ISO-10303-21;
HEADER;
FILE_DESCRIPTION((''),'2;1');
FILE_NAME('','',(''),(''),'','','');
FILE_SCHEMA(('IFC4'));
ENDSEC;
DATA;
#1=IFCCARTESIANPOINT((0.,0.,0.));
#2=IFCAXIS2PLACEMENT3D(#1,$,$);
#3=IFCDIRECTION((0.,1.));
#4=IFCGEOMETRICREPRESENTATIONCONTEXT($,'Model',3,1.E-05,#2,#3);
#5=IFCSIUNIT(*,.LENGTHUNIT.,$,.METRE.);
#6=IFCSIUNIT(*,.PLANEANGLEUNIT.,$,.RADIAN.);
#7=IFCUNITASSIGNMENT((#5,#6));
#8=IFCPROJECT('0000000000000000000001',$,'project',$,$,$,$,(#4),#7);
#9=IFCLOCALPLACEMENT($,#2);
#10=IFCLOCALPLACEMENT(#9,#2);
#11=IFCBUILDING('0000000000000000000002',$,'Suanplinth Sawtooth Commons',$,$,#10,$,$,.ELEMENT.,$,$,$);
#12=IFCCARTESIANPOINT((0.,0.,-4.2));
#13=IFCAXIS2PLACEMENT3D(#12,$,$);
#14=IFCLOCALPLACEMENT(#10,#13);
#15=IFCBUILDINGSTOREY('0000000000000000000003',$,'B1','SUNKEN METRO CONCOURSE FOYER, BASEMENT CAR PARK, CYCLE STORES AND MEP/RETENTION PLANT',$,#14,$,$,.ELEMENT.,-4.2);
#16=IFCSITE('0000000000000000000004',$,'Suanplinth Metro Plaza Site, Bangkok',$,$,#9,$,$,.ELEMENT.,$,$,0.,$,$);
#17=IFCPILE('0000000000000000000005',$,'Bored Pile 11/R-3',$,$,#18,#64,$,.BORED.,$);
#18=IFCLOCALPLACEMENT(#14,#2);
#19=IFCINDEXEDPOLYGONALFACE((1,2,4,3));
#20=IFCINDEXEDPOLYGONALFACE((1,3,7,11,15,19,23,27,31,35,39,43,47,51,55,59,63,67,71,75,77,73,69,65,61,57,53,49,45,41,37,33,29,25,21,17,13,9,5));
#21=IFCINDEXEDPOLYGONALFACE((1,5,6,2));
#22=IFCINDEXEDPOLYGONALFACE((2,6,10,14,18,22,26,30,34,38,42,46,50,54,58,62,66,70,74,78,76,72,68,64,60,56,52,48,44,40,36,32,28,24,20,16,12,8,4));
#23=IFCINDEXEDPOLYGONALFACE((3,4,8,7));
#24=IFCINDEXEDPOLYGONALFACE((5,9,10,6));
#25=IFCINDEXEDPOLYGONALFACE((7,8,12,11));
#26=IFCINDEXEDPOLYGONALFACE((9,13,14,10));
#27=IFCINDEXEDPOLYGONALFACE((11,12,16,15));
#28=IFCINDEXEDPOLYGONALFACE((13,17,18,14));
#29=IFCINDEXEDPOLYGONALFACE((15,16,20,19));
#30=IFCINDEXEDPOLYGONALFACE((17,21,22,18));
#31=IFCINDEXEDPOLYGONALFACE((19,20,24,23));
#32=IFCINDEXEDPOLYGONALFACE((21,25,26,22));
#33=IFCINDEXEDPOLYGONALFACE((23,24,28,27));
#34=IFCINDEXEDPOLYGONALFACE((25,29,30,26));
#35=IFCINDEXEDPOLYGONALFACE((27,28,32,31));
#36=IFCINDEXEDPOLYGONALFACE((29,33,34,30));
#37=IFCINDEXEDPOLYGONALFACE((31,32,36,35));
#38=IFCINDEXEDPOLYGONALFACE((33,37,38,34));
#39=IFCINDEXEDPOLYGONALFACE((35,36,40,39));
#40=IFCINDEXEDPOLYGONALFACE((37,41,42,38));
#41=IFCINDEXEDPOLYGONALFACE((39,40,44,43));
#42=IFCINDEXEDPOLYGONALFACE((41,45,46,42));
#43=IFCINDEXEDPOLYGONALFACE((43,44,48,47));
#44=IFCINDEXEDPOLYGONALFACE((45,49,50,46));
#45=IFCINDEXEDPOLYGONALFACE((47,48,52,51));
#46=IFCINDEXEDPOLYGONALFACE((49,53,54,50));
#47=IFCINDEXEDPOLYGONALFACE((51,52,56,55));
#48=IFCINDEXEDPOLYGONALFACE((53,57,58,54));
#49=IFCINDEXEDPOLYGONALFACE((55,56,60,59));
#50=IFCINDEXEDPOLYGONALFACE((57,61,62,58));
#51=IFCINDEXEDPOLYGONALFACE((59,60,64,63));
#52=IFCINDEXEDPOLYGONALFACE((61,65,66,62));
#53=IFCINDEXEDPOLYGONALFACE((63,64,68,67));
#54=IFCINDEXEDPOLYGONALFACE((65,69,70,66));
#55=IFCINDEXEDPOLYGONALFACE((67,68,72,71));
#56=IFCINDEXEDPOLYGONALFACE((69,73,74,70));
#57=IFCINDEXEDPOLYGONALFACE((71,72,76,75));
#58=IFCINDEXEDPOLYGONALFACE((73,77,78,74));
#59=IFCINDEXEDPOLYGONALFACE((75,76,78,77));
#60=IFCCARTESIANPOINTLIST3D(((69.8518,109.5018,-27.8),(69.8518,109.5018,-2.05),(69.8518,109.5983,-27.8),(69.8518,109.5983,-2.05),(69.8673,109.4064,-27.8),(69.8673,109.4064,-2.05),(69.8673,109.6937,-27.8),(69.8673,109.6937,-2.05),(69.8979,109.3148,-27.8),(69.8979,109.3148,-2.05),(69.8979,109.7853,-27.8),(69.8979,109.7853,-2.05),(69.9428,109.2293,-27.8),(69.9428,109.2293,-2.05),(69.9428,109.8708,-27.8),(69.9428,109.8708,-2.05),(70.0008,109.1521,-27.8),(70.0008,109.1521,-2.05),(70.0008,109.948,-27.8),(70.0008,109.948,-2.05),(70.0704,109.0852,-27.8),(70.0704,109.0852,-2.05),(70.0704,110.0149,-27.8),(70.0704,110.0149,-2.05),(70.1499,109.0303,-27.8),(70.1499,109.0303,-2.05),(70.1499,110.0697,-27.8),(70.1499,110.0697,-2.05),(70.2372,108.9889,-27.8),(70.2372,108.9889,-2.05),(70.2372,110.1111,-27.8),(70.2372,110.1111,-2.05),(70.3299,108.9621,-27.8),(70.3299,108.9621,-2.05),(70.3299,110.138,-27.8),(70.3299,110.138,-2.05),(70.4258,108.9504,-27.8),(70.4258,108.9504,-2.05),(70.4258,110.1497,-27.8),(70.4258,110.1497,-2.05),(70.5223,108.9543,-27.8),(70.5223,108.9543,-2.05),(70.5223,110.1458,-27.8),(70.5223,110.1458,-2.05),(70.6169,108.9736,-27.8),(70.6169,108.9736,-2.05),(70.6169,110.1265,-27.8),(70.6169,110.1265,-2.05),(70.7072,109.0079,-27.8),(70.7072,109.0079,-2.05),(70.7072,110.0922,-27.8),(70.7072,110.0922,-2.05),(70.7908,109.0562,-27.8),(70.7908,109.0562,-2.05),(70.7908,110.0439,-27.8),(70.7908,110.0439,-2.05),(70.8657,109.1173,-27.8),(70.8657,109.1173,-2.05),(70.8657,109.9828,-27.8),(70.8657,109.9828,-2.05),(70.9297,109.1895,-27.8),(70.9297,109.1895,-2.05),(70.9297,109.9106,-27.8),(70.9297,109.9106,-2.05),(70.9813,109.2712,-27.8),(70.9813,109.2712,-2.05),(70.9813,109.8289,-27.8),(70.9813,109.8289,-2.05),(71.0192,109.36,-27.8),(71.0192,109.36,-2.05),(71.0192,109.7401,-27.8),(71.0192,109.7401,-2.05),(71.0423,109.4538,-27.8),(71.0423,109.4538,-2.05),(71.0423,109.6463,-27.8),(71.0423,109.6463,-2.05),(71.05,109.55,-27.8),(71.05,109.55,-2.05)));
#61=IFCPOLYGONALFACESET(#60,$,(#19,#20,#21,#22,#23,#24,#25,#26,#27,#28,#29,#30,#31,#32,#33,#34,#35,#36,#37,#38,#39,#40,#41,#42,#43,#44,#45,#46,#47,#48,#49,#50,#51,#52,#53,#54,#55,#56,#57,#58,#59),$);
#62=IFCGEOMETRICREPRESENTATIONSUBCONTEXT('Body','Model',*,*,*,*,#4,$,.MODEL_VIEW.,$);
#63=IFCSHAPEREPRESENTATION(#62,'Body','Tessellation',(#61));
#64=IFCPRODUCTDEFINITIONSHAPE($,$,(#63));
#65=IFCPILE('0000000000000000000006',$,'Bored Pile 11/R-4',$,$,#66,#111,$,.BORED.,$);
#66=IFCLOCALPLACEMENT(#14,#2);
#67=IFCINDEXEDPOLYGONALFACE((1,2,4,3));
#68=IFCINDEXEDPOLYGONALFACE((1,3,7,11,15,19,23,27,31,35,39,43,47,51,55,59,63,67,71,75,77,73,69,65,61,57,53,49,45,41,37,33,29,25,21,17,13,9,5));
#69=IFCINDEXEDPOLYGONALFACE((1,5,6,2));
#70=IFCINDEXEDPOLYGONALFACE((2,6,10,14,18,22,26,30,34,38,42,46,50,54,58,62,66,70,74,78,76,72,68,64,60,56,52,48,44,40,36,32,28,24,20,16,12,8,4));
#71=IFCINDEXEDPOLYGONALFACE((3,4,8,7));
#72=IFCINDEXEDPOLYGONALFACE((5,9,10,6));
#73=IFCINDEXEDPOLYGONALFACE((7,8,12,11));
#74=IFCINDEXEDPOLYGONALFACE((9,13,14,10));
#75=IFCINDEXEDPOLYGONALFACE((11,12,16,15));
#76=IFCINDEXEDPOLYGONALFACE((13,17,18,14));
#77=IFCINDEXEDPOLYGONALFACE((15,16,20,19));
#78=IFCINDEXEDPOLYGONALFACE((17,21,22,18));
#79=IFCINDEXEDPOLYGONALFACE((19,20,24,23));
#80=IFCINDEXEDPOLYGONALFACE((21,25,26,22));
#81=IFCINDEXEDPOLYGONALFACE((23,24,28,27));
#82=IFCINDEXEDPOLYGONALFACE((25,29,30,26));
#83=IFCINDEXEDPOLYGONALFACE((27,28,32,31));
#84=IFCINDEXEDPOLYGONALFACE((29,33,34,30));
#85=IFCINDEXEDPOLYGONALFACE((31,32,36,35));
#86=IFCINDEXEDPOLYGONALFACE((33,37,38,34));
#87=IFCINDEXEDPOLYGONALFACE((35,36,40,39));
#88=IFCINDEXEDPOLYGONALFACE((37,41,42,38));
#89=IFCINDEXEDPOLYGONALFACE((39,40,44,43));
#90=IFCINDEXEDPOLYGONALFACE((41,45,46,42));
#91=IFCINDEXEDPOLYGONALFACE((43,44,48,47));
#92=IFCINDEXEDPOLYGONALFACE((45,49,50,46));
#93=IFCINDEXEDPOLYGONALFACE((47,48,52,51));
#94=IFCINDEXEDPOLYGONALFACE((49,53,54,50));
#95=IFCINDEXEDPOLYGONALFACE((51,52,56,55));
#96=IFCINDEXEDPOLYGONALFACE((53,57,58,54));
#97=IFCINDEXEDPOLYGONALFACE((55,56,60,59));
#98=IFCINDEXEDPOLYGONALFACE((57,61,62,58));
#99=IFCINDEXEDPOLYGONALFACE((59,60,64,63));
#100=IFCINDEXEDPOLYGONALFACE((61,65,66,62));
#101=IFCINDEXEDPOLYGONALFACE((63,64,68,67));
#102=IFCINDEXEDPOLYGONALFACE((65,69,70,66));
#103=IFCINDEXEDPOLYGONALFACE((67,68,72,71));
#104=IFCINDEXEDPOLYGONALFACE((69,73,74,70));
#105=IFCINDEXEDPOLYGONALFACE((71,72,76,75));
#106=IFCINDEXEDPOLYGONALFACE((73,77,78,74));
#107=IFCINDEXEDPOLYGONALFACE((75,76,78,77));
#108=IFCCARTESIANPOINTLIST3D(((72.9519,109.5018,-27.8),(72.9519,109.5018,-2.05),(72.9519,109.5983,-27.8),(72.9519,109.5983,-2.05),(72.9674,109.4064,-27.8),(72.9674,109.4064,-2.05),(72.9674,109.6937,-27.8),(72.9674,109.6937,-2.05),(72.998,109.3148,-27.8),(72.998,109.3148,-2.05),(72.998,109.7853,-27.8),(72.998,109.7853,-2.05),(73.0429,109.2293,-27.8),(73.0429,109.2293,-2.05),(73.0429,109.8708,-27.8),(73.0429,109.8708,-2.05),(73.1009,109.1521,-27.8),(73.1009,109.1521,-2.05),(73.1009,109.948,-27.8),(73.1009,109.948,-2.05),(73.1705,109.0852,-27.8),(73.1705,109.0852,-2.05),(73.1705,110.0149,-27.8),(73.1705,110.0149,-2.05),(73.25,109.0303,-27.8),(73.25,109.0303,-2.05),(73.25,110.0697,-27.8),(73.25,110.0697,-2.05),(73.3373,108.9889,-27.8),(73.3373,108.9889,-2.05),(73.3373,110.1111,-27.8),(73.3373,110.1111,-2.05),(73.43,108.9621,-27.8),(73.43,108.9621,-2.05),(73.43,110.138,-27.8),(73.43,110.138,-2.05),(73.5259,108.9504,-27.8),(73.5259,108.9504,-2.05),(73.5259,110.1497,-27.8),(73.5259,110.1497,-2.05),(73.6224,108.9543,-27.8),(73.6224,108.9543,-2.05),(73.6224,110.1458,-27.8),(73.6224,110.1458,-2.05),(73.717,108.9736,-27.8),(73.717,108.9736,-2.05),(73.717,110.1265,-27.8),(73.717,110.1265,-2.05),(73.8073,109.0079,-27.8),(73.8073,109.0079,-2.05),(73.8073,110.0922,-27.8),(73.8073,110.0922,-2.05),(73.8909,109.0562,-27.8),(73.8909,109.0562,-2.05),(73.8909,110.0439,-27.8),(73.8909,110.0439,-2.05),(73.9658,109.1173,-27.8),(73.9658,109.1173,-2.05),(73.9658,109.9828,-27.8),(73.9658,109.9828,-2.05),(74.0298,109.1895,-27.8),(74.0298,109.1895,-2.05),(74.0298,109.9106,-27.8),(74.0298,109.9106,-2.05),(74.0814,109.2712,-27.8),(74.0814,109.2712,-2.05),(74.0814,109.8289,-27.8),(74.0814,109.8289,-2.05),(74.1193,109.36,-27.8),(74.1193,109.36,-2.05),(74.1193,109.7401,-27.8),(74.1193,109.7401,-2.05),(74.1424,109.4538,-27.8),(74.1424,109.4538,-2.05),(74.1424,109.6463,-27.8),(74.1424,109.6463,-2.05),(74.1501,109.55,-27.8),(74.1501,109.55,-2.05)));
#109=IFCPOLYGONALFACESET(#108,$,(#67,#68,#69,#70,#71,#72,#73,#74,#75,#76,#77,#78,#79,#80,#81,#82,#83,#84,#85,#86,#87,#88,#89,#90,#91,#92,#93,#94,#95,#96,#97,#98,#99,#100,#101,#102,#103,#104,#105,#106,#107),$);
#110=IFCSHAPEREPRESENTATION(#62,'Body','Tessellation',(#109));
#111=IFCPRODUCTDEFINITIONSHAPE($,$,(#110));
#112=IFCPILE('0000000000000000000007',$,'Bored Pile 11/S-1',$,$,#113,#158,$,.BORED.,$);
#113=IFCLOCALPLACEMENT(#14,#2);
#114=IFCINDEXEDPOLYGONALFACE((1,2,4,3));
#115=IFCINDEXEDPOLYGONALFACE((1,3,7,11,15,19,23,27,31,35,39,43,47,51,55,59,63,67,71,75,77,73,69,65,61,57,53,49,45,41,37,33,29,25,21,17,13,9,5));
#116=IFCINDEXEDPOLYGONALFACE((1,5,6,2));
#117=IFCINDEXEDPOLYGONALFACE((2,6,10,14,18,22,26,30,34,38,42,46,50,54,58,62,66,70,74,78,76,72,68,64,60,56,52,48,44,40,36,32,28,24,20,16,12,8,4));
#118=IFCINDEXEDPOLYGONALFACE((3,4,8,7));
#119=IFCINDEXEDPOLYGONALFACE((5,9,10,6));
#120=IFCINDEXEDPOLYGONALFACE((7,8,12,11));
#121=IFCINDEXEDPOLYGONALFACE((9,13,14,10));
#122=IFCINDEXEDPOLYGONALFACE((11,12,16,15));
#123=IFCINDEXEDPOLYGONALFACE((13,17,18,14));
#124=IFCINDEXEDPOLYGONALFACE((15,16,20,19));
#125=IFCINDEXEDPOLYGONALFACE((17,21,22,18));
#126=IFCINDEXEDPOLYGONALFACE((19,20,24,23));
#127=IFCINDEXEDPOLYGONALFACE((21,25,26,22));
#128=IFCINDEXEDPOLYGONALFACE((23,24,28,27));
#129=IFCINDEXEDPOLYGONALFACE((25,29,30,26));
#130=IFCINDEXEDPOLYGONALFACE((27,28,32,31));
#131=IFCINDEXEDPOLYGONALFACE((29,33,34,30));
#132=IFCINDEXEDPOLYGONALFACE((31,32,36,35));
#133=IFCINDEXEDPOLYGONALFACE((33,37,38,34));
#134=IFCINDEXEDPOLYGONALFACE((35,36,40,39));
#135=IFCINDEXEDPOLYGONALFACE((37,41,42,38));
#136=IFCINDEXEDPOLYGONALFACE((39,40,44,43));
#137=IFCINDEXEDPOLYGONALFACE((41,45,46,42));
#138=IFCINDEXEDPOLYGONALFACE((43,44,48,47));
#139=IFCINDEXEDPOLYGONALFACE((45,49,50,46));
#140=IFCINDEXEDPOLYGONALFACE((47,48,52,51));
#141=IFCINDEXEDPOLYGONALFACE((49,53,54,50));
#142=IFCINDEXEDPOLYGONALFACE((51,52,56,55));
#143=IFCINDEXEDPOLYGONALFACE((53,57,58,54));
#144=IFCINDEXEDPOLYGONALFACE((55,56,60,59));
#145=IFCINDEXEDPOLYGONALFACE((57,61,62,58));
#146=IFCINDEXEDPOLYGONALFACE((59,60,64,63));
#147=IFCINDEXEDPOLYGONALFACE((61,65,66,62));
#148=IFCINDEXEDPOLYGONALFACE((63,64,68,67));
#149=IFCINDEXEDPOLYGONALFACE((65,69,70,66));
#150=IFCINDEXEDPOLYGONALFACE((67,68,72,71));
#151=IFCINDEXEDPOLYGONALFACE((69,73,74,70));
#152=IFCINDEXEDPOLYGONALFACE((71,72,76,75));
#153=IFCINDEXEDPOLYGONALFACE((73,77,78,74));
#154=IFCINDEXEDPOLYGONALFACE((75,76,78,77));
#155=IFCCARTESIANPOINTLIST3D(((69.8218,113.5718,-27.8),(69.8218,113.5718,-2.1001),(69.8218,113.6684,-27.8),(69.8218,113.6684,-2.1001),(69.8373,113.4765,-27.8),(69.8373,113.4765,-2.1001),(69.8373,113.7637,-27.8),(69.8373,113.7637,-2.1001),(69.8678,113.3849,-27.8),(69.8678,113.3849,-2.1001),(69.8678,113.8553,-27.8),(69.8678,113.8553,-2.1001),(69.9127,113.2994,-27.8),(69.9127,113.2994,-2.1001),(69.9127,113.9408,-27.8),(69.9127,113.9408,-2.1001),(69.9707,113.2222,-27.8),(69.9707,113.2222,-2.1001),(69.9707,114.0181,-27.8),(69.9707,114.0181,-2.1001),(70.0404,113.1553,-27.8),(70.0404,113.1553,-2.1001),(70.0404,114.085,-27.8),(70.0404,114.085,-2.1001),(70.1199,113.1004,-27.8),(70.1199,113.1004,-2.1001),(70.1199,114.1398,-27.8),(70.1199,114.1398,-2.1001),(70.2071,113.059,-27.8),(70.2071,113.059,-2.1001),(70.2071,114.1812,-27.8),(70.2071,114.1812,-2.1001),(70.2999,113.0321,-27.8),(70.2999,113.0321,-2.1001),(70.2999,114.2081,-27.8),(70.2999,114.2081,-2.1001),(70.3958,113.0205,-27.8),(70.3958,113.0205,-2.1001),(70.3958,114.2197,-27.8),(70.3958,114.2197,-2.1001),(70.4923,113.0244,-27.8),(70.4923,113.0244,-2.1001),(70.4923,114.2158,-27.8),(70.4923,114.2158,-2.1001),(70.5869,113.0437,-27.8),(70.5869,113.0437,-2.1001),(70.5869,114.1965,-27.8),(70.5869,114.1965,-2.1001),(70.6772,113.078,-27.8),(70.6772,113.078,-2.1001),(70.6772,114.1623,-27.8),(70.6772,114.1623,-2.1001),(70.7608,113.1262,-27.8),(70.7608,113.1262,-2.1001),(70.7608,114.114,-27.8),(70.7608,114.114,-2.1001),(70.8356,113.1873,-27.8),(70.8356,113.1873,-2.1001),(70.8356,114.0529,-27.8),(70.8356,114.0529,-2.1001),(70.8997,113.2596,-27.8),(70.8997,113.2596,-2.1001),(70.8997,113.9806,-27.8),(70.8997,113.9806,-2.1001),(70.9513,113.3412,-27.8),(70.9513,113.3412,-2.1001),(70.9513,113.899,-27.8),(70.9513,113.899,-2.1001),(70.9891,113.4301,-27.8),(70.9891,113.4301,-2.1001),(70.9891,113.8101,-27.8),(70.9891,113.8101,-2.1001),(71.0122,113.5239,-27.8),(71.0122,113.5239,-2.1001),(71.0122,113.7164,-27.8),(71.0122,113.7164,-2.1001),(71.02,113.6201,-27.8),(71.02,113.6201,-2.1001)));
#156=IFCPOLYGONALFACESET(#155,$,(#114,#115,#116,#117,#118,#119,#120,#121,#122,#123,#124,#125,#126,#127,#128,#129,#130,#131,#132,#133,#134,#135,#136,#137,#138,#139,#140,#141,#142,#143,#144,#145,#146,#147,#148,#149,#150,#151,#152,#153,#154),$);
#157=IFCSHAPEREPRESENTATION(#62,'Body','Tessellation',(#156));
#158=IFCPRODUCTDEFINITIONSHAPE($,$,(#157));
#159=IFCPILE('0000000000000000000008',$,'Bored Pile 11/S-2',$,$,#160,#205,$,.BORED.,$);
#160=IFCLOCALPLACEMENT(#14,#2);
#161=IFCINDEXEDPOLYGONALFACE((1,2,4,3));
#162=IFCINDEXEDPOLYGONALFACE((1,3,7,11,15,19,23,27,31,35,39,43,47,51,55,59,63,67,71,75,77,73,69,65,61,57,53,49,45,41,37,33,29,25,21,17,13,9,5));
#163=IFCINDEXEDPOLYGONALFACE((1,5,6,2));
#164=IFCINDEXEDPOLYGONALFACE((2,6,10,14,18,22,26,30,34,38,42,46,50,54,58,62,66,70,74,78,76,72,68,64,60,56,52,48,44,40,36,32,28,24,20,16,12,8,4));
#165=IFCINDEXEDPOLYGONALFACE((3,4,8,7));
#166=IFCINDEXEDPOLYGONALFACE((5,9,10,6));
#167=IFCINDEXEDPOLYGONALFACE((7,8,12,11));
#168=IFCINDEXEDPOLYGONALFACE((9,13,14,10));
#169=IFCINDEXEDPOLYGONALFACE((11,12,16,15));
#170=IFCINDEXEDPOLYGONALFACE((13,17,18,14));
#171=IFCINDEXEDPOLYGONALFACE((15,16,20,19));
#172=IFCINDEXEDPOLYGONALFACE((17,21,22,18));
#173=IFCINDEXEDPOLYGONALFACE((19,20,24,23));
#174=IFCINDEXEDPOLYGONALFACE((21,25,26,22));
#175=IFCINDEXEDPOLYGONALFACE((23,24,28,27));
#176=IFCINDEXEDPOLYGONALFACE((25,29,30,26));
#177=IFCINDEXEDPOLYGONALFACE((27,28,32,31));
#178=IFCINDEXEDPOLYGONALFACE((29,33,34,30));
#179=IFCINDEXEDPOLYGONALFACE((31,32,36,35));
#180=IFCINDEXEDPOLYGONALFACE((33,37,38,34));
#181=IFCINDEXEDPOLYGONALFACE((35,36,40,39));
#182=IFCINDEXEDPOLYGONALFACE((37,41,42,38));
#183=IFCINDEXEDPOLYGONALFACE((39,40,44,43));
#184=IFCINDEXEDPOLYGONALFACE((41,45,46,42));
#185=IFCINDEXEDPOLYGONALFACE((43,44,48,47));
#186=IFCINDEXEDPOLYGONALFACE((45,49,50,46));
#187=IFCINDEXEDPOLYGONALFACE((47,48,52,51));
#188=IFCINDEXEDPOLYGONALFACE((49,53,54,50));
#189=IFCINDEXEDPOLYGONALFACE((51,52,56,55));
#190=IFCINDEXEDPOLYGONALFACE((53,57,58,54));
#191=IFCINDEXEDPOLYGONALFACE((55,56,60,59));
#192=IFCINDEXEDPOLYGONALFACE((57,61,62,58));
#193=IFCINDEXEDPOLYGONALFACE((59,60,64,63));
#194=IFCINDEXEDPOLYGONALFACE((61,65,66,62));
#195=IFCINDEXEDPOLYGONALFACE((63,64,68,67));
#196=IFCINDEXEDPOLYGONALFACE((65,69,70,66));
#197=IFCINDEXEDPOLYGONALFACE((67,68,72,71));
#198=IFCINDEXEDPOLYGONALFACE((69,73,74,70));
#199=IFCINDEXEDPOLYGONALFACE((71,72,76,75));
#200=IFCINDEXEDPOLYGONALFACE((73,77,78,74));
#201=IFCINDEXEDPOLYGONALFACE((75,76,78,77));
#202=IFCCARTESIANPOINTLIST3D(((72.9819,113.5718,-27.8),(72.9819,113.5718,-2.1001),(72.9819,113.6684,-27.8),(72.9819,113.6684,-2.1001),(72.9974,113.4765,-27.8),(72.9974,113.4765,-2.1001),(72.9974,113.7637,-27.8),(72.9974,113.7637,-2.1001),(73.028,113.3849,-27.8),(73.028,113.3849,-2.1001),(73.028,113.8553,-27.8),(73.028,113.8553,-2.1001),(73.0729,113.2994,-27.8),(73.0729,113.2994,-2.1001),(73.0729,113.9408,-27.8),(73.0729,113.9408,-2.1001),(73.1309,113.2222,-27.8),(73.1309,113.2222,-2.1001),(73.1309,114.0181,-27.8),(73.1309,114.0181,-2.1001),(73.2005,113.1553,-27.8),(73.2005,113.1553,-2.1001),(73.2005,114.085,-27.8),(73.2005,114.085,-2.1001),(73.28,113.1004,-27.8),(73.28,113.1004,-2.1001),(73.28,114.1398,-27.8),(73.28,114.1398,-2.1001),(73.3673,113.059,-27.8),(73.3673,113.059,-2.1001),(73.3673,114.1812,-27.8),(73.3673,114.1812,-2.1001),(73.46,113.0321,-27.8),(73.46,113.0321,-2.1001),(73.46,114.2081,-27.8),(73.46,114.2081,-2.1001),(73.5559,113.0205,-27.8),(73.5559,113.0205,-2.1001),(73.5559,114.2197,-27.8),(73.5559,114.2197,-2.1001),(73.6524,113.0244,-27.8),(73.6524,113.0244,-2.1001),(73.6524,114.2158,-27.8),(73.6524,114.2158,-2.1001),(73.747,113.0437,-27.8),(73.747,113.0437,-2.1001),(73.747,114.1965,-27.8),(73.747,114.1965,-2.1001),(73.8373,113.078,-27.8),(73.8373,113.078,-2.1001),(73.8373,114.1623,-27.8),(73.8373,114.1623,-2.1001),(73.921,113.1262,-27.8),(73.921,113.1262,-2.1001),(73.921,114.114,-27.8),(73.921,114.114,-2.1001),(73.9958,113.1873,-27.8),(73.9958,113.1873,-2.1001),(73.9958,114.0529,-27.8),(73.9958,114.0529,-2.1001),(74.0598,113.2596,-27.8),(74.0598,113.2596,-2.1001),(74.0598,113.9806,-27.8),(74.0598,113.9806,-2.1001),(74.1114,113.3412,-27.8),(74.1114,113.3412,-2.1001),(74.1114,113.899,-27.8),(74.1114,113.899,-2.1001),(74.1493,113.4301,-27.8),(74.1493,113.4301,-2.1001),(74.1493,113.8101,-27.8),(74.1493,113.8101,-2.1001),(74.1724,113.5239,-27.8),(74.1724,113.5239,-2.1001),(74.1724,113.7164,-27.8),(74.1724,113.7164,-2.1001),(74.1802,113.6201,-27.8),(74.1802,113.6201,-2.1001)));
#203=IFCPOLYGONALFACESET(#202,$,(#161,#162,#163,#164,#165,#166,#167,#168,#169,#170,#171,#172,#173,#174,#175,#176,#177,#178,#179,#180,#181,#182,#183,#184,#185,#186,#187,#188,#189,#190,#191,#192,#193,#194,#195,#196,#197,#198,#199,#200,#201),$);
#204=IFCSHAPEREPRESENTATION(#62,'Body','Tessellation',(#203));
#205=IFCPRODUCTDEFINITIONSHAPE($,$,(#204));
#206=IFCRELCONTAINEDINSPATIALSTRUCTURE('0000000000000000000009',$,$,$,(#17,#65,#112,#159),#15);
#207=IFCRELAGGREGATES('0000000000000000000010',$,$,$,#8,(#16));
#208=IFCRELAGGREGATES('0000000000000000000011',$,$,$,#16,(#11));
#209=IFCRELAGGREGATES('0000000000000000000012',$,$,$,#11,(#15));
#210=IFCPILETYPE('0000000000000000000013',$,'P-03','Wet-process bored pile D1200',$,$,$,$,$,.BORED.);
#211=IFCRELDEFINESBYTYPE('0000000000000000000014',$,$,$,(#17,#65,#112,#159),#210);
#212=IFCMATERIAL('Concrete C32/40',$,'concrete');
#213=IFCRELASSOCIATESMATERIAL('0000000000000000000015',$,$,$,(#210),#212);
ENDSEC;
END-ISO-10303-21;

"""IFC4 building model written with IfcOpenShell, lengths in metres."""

from ifc_helpers import new_model, si_unit, direction, frame, origin, origin_2d, place, context, subcontext, project, spatial, circle, extrude, material, material_profile, profile_set, type_object, element, save


model = new_model("IFC4")

# Units and contexts
model_context = context("Model", 3, precision=1e-05, world=origin(), true_north=direction((0.0, 1.0)))
body_context = subcontext(model_context, "Body", "Model", "MODEL_VIEW")
ifc_project = project(units=[si_unit("LENGTHUNIT", "METRE"), si_unit("PLANEANGLEUNIT", "RADIAN")], contexts=[model_context])

# Site, building, storey
site_placement = place(None, origin())
site = spatial("IfcSite", under=ifc_project, at=site_placement, Name="Suanplinth Metro Plaza Site, Bangkok", CompositionType="ELEMENT", RefElevation=0.0)
building_placement = place(site_placement, origin())
building = spatial("IfcBuilding", under=site, at=building_placement, Name="Suanplinth Sawtooth Commons", CompositionType="ELEMENT")
storey_placement = place(building_placement, frame((0.0, 0.0, -4.2)))
storey = spatial("IfcBuildingStorey", under=building, at=storey_placement, Name="B1", Description="SUNKEN METRO CONCOURSE FOYER, BASEMENT CAR PARK, CYCLE STORES AND MEP/RETENTION PLANT", CompositionType="ELEMENT", Elevation=-4.2)

# Piles
ifc_material_1 = material(Name="Concrete C32/40", Category="concrete")
ifc_material_profile_1 = material_profile(ifc_material_1, circle(Radius=0.6001, at=origin_2d()), Name="PILE D1200")
ifc_profile_set_1 = profile_set([ifc_material_profile_1], Name="Concrete C32/40")
pile_type = type_object("IfcPileType", Name="P-03", Description="Wet-process bored pile D1200", PredefinedType="BORED", material=ifc_profile_set_1)
for number, where, z_axis, x_axis, name in (
    (1, (70.45, 109.55, -2.05), (0.0, 0.0, -1.0), (1.0, 0.0, 0.0), "Bored Pile 11/R-3"),
    (2, (73.55, 109.55, -2.05), (0.0, 0.0, -1.0), (1.0, 0.0, 0.0), "Bored Pile 11/R-4"),
):
    element("IfcPile", number, at=place(storey_placement, frame(where, z_axis=z_axis, x_axis=x_axis)), inside=storey, type_object=pile_type, Name=name, PredefinedType="BORED", context=body_context, shape_type="SweptSolid", body=[
        extrude(circle(Radius=0.6001, at=origin_2d()), origin(), (0.0, 0.0, 1.0), 25.75),
    ])
for number, where, z_axis, x_axis, name in (
    (3, (70.4199, 113.6201, -2.1001), (0.0, 0.0, -1.0), (1.0, 0.0, 0.0), "Bored Pile 11/S-1"),
    (4, (73.5801, 113.6201, -2.1001), (0.0, 0.0, -1.0), (1.0, 0.0, 0.0), "Bored Pile 11/S-2"),
):
    element("IfcPile", number, at=place(storey_placement, frame(where, z_axis=z_axis, x_axis=x_axis)), inside=storey, type_object=pile_type, Name=name, PredefinedType="BORED", context=body_context, shape_type="SweptSolid", body=[
        extrude(circle(Radius=0.6001, at=origin_2d()), origin(), (0.0, 0.0, 1.0), 25.7),
    ])

save(model, "model.ifc")
